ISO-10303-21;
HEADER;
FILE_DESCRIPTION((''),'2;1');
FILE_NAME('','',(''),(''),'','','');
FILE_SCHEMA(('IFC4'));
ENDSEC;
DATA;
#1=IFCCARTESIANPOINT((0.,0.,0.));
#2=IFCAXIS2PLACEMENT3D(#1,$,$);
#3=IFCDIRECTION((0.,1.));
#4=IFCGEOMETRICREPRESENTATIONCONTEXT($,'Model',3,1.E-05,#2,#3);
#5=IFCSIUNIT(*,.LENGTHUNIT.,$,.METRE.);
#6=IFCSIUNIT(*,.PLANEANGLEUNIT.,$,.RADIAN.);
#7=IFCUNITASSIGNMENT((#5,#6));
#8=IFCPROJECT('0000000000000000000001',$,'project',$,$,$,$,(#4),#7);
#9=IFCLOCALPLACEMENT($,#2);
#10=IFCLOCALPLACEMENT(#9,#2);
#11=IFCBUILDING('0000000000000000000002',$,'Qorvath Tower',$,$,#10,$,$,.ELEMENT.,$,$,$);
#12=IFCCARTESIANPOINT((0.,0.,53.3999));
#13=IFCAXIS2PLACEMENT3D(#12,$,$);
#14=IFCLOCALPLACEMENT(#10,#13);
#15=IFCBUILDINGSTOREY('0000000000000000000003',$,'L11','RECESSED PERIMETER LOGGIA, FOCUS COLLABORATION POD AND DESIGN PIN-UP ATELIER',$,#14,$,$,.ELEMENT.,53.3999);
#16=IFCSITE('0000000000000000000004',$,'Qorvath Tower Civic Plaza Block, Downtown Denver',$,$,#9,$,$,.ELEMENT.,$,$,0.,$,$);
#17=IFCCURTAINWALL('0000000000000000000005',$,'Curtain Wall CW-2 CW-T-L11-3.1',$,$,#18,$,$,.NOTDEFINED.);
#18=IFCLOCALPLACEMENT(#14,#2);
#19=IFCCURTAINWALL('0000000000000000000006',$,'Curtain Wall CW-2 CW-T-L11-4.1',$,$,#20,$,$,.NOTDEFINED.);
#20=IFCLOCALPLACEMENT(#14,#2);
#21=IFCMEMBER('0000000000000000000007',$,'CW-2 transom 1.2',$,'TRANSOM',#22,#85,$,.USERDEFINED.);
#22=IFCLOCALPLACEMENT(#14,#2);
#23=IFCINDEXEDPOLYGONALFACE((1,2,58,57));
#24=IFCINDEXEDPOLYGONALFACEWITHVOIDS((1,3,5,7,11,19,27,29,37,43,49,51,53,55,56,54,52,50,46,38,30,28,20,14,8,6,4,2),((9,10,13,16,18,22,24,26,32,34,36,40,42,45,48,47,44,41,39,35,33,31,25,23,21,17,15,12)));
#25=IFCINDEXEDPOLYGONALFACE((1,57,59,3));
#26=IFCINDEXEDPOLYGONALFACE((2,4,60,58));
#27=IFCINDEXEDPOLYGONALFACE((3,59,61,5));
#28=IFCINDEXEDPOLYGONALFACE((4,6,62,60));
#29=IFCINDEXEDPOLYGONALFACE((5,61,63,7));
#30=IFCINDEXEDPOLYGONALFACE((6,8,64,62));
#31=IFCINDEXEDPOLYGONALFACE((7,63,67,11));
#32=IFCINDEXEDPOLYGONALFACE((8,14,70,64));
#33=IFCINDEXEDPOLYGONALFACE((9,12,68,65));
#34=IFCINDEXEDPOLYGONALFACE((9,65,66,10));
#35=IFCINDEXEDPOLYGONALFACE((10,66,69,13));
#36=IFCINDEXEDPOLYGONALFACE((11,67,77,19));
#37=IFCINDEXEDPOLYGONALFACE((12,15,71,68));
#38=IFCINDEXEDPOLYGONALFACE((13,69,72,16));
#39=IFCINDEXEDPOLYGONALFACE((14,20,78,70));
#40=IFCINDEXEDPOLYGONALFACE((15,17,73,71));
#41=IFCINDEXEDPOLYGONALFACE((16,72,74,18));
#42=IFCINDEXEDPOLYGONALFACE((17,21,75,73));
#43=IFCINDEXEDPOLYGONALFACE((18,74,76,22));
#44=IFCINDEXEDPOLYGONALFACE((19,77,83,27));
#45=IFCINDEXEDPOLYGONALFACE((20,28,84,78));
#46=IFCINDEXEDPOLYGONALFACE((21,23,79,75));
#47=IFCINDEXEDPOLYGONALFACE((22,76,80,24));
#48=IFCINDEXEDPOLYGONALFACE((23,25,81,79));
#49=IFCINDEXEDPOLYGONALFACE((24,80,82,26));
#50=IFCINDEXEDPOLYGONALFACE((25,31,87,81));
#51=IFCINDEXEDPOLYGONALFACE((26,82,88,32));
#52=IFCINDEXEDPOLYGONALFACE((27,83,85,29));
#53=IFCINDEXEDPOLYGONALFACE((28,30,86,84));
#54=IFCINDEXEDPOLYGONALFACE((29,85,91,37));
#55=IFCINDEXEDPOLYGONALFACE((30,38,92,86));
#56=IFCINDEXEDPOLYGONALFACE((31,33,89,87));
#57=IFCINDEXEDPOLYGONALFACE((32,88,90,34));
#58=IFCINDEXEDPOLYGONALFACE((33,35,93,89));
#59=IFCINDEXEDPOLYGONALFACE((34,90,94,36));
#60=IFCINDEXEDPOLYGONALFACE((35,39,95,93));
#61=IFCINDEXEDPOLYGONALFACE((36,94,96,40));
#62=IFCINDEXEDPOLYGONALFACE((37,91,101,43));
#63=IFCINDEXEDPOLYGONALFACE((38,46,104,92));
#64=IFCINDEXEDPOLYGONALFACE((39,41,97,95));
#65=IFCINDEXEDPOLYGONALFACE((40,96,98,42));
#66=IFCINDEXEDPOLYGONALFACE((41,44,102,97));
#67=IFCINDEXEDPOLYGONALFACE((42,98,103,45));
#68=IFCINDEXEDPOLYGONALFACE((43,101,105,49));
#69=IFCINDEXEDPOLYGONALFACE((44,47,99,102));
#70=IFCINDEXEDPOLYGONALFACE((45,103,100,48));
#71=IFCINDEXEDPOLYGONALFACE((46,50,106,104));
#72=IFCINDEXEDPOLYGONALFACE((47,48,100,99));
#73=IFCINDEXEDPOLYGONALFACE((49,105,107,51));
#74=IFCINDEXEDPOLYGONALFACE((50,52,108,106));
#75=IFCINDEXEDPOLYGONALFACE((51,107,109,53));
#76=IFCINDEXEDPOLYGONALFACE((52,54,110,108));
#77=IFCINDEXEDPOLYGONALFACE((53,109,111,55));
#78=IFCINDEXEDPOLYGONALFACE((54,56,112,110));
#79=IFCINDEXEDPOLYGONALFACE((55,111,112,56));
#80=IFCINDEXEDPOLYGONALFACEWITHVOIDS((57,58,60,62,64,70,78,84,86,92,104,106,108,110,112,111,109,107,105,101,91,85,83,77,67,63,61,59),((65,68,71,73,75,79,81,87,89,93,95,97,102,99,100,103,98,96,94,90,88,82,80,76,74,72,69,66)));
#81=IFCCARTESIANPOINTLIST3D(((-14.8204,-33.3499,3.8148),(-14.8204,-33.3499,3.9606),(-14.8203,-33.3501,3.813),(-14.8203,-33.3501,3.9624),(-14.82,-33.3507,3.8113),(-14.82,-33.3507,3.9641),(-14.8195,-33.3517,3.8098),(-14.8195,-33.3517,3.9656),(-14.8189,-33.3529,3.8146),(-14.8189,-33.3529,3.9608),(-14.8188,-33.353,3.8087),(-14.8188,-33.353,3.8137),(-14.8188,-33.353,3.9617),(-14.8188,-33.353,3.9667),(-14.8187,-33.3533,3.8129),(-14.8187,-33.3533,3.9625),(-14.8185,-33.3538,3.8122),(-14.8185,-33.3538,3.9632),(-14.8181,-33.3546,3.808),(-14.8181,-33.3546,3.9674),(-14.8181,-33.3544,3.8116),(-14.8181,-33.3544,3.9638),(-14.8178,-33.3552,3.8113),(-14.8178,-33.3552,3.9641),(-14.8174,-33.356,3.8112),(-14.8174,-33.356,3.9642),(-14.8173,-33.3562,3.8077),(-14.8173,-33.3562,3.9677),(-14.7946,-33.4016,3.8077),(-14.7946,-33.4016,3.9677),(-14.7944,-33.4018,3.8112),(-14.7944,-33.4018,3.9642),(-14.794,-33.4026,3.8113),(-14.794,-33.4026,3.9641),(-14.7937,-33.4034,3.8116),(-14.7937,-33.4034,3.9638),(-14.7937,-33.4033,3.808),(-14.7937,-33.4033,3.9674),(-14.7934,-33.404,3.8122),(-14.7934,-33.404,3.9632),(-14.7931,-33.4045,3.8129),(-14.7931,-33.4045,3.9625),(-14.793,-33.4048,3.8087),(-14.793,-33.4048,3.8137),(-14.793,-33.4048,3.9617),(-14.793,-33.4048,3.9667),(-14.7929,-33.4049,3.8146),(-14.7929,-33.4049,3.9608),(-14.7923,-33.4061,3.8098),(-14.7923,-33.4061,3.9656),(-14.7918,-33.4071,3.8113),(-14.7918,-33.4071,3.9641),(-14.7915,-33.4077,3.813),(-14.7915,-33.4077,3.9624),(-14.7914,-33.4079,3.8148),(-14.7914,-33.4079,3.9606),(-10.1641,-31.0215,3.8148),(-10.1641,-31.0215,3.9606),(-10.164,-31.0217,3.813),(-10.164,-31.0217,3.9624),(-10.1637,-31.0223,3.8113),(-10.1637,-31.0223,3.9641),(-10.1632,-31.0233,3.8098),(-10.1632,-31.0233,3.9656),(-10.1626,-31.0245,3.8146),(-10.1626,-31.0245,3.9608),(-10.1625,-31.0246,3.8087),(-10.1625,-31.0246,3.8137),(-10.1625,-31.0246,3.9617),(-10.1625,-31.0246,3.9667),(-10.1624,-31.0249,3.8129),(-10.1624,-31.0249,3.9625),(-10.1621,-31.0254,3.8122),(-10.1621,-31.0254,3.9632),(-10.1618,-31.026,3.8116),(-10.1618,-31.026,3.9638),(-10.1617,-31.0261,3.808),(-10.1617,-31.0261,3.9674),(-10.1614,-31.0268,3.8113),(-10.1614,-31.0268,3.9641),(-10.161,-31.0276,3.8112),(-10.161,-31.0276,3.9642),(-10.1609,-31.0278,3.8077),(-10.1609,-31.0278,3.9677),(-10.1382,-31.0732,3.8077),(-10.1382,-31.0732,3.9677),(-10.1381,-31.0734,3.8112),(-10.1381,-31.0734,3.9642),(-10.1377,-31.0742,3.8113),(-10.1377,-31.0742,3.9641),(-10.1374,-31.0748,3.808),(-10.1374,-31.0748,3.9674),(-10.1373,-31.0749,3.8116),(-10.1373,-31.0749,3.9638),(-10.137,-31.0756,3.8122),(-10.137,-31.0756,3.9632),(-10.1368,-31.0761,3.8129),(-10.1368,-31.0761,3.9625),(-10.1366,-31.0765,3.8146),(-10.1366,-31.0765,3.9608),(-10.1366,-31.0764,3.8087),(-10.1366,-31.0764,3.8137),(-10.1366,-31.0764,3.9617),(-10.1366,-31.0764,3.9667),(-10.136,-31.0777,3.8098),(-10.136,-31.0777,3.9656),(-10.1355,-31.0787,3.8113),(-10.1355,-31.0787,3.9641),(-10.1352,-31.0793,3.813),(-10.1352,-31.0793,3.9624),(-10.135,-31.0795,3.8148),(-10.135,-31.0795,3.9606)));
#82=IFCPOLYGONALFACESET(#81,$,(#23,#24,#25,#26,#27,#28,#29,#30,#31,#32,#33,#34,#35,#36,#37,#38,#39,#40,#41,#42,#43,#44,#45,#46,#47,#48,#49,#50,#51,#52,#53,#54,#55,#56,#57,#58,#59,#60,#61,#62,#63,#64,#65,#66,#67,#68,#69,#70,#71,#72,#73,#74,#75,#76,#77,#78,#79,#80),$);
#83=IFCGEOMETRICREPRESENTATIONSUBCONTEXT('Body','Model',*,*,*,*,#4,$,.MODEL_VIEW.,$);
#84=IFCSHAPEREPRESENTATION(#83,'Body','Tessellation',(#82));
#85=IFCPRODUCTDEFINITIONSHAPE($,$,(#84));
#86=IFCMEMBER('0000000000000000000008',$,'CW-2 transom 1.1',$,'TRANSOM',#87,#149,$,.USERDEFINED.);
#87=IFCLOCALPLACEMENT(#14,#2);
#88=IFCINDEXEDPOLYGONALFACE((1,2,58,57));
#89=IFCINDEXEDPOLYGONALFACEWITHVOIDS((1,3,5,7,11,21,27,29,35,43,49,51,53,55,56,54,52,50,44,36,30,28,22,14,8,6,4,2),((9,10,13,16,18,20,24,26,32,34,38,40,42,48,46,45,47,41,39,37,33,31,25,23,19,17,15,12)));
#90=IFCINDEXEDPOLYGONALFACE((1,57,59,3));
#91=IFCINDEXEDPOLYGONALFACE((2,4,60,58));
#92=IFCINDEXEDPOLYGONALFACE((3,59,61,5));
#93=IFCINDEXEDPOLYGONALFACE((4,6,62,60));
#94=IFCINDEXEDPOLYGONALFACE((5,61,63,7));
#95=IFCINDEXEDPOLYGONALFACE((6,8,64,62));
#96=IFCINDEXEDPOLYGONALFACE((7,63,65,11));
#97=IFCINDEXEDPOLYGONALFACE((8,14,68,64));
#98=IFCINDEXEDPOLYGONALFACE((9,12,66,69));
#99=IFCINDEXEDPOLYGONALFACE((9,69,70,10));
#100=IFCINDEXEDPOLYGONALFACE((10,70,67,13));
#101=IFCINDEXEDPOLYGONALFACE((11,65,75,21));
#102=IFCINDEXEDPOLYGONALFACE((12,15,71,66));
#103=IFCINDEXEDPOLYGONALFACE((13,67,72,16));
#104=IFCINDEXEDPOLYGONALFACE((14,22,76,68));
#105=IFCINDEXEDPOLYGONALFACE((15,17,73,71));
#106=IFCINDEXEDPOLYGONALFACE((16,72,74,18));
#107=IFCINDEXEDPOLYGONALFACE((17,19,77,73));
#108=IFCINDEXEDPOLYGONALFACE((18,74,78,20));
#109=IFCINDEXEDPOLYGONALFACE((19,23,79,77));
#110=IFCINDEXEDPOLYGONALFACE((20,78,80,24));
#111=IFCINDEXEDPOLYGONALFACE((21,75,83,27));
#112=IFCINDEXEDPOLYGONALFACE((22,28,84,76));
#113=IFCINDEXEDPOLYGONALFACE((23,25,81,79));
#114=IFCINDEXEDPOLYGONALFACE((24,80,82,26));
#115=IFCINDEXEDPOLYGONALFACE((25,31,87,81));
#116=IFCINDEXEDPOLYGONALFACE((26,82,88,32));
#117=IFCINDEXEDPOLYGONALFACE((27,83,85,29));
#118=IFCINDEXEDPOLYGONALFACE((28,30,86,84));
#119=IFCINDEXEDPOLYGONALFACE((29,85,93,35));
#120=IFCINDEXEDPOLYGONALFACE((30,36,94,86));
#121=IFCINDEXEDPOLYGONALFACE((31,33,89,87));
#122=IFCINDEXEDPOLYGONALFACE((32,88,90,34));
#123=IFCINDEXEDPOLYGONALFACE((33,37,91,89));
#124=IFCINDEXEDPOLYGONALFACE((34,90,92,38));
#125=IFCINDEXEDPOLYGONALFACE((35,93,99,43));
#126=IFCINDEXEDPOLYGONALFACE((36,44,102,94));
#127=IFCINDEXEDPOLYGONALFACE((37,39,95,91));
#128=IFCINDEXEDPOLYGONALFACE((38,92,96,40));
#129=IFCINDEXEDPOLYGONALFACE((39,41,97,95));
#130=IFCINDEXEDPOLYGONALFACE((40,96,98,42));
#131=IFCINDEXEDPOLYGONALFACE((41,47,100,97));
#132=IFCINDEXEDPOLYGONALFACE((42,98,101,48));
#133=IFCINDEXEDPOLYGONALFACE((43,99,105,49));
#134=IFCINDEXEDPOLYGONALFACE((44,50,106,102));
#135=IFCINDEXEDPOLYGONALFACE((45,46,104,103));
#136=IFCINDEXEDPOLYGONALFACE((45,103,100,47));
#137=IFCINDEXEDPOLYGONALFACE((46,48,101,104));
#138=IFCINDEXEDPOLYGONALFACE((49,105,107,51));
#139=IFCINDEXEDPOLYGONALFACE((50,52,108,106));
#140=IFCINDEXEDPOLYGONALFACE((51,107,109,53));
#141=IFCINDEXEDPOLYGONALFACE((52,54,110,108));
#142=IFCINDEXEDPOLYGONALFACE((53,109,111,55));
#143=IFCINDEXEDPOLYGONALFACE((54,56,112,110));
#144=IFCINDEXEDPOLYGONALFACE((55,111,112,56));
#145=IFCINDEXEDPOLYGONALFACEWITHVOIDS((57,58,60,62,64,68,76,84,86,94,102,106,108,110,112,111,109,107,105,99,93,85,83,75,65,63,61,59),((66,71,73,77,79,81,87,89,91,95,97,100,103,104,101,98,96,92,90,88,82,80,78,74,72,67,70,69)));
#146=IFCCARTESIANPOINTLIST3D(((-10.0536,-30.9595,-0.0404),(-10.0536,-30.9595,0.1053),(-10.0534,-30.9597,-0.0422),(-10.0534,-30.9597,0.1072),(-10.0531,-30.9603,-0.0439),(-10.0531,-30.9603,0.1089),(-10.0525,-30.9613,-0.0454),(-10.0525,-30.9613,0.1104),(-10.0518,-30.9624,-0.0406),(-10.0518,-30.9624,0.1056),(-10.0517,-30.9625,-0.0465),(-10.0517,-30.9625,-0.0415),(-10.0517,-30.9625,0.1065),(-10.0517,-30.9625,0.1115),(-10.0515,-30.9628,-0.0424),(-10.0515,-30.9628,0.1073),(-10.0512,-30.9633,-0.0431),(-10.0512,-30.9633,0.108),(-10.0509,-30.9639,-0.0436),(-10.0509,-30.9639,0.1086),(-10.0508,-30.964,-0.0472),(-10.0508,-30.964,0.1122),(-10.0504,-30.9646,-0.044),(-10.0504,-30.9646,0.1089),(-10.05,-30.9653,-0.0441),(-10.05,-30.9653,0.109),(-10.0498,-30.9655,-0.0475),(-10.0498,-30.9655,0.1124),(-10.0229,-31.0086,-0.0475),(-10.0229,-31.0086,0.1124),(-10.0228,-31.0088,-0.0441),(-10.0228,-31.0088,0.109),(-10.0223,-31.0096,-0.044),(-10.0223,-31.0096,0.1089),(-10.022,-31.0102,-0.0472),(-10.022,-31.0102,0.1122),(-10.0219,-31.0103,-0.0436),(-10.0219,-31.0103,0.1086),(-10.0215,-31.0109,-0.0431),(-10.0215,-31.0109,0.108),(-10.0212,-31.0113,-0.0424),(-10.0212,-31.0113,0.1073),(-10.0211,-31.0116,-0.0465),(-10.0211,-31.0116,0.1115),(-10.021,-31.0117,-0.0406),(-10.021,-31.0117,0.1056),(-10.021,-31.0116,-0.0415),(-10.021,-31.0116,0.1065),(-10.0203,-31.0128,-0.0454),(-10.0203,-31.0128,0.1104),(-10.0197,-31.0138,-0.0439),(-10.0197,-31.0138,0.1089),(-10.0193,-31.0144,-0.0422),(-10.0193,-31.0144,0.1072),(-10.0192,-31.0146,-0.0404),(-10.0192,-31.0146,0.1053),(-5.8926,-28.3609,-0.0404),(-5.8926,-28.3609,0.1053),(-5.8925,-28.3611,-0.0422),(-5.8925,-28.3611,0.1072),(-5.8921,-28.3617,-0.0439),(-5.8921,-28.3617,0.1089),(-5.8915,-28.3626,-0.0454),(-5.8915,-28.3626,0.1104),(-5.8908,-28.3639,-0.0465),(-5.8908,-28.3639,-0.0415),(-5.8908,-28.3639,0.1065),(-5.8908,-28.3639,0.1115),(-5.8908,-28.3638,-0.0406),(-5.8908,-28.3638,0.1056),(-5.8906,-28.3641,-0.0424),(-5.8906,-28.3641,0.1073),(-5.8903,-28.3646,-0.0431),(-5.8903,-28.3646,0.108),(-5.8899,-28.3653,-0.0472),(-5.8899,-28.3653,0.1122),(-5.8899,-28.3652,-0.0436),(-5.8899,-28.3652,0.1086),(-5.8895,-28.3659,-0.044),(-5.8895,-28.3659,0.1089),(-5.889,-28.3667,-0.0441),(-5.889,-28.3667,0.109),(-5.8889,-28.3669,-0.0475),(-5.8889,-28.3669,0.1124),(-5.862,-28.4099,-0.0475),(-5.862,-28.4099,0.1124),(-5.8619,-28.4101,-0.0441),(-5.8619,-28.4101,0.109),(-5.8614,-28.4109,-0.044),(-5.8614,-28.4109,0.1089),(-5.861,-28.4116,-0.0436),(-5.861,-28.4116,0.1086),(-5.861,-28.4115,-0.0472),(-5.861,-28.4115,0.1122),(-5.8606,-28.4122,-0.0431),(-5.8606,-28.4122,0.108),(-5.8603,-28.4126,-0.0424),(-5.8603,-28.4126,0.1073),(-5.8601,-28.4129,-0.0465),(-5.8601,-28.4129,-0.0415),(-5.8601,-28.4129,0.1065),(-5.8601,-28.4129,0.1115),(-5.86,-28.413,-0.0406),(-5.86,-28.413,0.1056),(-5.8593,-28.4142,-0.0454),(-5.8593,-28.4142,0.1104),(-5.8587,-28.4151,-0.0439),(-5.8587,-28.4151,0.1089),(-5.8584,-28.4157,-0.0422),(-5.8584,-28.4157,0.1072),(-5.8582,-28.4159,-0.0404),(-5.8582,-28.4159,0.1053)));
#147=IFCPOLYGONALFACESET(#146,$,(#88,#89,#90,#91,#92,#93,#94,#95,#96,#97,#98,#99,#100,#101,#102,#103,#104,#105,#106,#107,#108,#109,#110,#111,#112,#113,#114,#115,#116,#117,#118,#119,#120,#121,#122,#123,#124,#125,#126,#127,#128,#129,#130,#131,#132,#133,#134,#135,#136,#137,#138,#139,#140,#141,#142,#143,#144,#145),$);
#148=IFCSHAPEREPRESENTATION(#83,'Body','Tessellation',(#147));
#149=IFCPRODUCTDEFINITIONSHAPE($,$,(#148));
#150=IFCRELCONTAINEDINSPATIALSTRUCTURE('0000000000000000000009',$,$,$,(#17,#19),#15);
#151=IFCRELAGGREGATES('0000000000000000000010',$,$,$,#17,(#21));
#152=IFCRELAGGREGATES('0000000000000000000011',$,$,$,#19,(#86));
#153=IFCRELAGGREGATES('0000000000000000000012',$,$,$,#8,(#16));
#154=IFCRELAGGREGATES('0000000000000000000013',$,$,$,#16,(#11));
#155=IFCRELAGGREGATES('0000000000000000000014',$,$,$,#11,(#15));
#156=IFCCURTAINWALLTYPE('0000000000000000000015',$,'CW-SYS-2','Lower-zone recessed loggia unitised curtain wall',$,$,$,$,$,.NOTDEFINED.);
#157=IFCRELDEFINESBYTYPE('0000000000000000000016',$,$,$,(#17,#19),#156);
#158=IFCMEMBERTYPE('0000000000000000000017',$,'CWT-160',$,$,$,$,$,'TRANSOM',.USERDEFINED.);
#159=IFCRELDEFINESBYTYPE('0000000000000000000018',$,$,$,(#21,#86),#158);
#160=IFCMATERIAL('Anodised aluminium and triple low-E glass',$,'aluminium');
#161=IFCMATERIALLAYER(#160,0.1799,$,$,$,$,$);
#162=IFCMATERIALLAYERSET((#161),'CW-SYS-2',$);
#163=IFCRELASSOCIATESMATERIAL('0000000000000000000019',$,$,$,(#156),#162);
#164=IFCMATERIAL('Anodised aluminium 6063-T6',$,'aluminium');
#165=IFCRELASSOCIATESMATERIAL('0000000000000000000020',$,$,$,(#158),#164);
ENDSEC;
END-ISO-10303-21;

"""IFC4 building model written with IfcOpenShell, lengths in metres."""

from ifc_helpers import new_model, si_unit, direction, frame, origin, origin_2d, place, context, subcontext, project, spatial, hollow_rectangle, extrude, material, layer, layer_set, material_profile, profile_set, type_object, element, aggregate, save


model = new_model("IFC4")

# Units and contexts
model_context = context("Model", 3, precision=1e-05, world=origin(), true_north=direction((0.0, 1.0)))
body_context = subcontext(model_context, "Body", "Model", "MODEL_VIEW")
ifc_project = project(units=[si_unit("LENGTHUNIT", "METRE"), si_unit("PLANEANGLEUNIT", "RADIAN")], contexts=[model_context])

# Site, building, storey
site_placement = place(None, origin())
site = spatial("IfcSite", under=ifc_project, at=site_placement, Name="Qorvath Tower Civic Plaza Block, Downtown Denver", CompositionType="ELEMENT", RefElevation=0.0)
building_placement = place(site_placement, origin())
building = spatial("IfcBuilding", under=site, at=building_placement, Name="Qorvath Tower", CompositionType="ELEMENT")
storey_placement = place(building_placement, frame((0.0, 0.0, 53.3999)))
storey = spatial("IfcBuildingStorey", under=building, at=storey_placement, Name="L11", Description="RECESSED PERIMETER LOGGIA, FOCUS COLLABORATION POD AND DESIGN PIN-UP ATELIER", CompositionType="ELEMENT", Elevation=53.3999)

# Curtain walls
ifc_material_1 = material(Name="Anodised aluminium and triple low-E glass", Category="aluminium")
ifc_layer_1 = layer(ifc_material_1, 0.1799)
ifc_layer_set_1 = layer_set([ifc_layer_1], Name="CW-SYS-2")
curtain_wall_type = type_object("IfcCurtainWallType", Name="CW-SYS-2", Description="Lower-zone recessed loggia unitised curtain wall", PredefinedType="NOTDEFINED", material=ifc_layer_set_1)
curtain_wall_1_placement = place(storey_placement, origin())
curtain_wall_1 = element("IfcCurtainWall", 1, at=curtain_wall_1_placement, inside=storey, type_object=curtain_wall_type, Name="Curtain Wall CW-2 CW-T-L11-3.1", PredefinedType="NOTDEFINED")
curtain_wall_2_placement = place(storey_placement, origin())
curtain_wall_2 = element("IfcCurtainWall", 2, at=curtain_wall_2_placement, inside=storey, type_object=curtain_wall_type, Name="Curtain Wall CW-2 CW-T-L11-4.1", PredefinedType="NOTDEFINED")

# Members
ifc_material_2 = material(Name="Anodised aluminium 6063-T6", Category="aluminium")
ifc_material_profile_1 = material_profile(ifc_material_2, hollow_rectangle(XDim=0.0649, YDim=0.1599, WallThickness=0.0034, InnerFilletRadius=0.0034, OuterFilletRadius=0.0071, at=origin_2d()), Name="CWT 160x65")
ifc_profile_set_1 = profile_set([ifc_material_profile_1], Name="Anodised aluminium 6063-T6")
member_type_1 = type_object("IfcMemberType", Name="CWT-160", ElementType="TRANSOM", PredefinedType="USERDEFINED", material=ifc_profile_set_1)
member_1_placement = place(storey_placement, frame((-14.8059, -33.3789, 3.8877), z_axis=(0.894408, 0.447251, 0.0), x_axis=(-0.447251, 0.894408, 0.0)))
member_1 = element("IfcMember", 3, at=member_1_placement, type_object=member_type_1, Name="CW-2 transom 1.2", ObjectType="TRANSOM", PredefinedType="USERDEFINED", context=body_context, shape_type="SweptSolid", body=[
    extrude(hollow_rectangle(XDim=0.0649, YDim=0.1599, WallThickness=0.0034, InnerFilletRadius=0.0034, OuterFilletRadius=0.0071, at=origin_2d()), origin(), (0.0, 0.0, 1.0), 5.2061),
])
member_2_placement = place(storey_placement, frame((-10.0364, -30.9871, 0.0325), z_axis=(0.848174, 0.529717, 0.0), x_axis=(-0.529717, 0.848174, 0.0)))
member_2 = element("IfcMember", 4, at=member_2_placement, type_object=member_type_1, Name="CW-2 transom 1.1", ObjectType="TRANSOM", PredefinedType="USERDEFINED", context=body_context, shape_type="SweptSolid", body=[
    extrude(hollow_rectangle(XDim=0.0649, YDim=0.1599, WallThickness=0.0034, InnerFilletRadius=0.0034, OuterFilletRadius=0.0071, at=origin_2d()), origin(), (0.0, 0.0, 1.0), 4.9058),
])

aggregate(curtain_wall_1, [member_1])
aggregate(curtain_wall_2, [member_2])

save(model, "model.ifc")
